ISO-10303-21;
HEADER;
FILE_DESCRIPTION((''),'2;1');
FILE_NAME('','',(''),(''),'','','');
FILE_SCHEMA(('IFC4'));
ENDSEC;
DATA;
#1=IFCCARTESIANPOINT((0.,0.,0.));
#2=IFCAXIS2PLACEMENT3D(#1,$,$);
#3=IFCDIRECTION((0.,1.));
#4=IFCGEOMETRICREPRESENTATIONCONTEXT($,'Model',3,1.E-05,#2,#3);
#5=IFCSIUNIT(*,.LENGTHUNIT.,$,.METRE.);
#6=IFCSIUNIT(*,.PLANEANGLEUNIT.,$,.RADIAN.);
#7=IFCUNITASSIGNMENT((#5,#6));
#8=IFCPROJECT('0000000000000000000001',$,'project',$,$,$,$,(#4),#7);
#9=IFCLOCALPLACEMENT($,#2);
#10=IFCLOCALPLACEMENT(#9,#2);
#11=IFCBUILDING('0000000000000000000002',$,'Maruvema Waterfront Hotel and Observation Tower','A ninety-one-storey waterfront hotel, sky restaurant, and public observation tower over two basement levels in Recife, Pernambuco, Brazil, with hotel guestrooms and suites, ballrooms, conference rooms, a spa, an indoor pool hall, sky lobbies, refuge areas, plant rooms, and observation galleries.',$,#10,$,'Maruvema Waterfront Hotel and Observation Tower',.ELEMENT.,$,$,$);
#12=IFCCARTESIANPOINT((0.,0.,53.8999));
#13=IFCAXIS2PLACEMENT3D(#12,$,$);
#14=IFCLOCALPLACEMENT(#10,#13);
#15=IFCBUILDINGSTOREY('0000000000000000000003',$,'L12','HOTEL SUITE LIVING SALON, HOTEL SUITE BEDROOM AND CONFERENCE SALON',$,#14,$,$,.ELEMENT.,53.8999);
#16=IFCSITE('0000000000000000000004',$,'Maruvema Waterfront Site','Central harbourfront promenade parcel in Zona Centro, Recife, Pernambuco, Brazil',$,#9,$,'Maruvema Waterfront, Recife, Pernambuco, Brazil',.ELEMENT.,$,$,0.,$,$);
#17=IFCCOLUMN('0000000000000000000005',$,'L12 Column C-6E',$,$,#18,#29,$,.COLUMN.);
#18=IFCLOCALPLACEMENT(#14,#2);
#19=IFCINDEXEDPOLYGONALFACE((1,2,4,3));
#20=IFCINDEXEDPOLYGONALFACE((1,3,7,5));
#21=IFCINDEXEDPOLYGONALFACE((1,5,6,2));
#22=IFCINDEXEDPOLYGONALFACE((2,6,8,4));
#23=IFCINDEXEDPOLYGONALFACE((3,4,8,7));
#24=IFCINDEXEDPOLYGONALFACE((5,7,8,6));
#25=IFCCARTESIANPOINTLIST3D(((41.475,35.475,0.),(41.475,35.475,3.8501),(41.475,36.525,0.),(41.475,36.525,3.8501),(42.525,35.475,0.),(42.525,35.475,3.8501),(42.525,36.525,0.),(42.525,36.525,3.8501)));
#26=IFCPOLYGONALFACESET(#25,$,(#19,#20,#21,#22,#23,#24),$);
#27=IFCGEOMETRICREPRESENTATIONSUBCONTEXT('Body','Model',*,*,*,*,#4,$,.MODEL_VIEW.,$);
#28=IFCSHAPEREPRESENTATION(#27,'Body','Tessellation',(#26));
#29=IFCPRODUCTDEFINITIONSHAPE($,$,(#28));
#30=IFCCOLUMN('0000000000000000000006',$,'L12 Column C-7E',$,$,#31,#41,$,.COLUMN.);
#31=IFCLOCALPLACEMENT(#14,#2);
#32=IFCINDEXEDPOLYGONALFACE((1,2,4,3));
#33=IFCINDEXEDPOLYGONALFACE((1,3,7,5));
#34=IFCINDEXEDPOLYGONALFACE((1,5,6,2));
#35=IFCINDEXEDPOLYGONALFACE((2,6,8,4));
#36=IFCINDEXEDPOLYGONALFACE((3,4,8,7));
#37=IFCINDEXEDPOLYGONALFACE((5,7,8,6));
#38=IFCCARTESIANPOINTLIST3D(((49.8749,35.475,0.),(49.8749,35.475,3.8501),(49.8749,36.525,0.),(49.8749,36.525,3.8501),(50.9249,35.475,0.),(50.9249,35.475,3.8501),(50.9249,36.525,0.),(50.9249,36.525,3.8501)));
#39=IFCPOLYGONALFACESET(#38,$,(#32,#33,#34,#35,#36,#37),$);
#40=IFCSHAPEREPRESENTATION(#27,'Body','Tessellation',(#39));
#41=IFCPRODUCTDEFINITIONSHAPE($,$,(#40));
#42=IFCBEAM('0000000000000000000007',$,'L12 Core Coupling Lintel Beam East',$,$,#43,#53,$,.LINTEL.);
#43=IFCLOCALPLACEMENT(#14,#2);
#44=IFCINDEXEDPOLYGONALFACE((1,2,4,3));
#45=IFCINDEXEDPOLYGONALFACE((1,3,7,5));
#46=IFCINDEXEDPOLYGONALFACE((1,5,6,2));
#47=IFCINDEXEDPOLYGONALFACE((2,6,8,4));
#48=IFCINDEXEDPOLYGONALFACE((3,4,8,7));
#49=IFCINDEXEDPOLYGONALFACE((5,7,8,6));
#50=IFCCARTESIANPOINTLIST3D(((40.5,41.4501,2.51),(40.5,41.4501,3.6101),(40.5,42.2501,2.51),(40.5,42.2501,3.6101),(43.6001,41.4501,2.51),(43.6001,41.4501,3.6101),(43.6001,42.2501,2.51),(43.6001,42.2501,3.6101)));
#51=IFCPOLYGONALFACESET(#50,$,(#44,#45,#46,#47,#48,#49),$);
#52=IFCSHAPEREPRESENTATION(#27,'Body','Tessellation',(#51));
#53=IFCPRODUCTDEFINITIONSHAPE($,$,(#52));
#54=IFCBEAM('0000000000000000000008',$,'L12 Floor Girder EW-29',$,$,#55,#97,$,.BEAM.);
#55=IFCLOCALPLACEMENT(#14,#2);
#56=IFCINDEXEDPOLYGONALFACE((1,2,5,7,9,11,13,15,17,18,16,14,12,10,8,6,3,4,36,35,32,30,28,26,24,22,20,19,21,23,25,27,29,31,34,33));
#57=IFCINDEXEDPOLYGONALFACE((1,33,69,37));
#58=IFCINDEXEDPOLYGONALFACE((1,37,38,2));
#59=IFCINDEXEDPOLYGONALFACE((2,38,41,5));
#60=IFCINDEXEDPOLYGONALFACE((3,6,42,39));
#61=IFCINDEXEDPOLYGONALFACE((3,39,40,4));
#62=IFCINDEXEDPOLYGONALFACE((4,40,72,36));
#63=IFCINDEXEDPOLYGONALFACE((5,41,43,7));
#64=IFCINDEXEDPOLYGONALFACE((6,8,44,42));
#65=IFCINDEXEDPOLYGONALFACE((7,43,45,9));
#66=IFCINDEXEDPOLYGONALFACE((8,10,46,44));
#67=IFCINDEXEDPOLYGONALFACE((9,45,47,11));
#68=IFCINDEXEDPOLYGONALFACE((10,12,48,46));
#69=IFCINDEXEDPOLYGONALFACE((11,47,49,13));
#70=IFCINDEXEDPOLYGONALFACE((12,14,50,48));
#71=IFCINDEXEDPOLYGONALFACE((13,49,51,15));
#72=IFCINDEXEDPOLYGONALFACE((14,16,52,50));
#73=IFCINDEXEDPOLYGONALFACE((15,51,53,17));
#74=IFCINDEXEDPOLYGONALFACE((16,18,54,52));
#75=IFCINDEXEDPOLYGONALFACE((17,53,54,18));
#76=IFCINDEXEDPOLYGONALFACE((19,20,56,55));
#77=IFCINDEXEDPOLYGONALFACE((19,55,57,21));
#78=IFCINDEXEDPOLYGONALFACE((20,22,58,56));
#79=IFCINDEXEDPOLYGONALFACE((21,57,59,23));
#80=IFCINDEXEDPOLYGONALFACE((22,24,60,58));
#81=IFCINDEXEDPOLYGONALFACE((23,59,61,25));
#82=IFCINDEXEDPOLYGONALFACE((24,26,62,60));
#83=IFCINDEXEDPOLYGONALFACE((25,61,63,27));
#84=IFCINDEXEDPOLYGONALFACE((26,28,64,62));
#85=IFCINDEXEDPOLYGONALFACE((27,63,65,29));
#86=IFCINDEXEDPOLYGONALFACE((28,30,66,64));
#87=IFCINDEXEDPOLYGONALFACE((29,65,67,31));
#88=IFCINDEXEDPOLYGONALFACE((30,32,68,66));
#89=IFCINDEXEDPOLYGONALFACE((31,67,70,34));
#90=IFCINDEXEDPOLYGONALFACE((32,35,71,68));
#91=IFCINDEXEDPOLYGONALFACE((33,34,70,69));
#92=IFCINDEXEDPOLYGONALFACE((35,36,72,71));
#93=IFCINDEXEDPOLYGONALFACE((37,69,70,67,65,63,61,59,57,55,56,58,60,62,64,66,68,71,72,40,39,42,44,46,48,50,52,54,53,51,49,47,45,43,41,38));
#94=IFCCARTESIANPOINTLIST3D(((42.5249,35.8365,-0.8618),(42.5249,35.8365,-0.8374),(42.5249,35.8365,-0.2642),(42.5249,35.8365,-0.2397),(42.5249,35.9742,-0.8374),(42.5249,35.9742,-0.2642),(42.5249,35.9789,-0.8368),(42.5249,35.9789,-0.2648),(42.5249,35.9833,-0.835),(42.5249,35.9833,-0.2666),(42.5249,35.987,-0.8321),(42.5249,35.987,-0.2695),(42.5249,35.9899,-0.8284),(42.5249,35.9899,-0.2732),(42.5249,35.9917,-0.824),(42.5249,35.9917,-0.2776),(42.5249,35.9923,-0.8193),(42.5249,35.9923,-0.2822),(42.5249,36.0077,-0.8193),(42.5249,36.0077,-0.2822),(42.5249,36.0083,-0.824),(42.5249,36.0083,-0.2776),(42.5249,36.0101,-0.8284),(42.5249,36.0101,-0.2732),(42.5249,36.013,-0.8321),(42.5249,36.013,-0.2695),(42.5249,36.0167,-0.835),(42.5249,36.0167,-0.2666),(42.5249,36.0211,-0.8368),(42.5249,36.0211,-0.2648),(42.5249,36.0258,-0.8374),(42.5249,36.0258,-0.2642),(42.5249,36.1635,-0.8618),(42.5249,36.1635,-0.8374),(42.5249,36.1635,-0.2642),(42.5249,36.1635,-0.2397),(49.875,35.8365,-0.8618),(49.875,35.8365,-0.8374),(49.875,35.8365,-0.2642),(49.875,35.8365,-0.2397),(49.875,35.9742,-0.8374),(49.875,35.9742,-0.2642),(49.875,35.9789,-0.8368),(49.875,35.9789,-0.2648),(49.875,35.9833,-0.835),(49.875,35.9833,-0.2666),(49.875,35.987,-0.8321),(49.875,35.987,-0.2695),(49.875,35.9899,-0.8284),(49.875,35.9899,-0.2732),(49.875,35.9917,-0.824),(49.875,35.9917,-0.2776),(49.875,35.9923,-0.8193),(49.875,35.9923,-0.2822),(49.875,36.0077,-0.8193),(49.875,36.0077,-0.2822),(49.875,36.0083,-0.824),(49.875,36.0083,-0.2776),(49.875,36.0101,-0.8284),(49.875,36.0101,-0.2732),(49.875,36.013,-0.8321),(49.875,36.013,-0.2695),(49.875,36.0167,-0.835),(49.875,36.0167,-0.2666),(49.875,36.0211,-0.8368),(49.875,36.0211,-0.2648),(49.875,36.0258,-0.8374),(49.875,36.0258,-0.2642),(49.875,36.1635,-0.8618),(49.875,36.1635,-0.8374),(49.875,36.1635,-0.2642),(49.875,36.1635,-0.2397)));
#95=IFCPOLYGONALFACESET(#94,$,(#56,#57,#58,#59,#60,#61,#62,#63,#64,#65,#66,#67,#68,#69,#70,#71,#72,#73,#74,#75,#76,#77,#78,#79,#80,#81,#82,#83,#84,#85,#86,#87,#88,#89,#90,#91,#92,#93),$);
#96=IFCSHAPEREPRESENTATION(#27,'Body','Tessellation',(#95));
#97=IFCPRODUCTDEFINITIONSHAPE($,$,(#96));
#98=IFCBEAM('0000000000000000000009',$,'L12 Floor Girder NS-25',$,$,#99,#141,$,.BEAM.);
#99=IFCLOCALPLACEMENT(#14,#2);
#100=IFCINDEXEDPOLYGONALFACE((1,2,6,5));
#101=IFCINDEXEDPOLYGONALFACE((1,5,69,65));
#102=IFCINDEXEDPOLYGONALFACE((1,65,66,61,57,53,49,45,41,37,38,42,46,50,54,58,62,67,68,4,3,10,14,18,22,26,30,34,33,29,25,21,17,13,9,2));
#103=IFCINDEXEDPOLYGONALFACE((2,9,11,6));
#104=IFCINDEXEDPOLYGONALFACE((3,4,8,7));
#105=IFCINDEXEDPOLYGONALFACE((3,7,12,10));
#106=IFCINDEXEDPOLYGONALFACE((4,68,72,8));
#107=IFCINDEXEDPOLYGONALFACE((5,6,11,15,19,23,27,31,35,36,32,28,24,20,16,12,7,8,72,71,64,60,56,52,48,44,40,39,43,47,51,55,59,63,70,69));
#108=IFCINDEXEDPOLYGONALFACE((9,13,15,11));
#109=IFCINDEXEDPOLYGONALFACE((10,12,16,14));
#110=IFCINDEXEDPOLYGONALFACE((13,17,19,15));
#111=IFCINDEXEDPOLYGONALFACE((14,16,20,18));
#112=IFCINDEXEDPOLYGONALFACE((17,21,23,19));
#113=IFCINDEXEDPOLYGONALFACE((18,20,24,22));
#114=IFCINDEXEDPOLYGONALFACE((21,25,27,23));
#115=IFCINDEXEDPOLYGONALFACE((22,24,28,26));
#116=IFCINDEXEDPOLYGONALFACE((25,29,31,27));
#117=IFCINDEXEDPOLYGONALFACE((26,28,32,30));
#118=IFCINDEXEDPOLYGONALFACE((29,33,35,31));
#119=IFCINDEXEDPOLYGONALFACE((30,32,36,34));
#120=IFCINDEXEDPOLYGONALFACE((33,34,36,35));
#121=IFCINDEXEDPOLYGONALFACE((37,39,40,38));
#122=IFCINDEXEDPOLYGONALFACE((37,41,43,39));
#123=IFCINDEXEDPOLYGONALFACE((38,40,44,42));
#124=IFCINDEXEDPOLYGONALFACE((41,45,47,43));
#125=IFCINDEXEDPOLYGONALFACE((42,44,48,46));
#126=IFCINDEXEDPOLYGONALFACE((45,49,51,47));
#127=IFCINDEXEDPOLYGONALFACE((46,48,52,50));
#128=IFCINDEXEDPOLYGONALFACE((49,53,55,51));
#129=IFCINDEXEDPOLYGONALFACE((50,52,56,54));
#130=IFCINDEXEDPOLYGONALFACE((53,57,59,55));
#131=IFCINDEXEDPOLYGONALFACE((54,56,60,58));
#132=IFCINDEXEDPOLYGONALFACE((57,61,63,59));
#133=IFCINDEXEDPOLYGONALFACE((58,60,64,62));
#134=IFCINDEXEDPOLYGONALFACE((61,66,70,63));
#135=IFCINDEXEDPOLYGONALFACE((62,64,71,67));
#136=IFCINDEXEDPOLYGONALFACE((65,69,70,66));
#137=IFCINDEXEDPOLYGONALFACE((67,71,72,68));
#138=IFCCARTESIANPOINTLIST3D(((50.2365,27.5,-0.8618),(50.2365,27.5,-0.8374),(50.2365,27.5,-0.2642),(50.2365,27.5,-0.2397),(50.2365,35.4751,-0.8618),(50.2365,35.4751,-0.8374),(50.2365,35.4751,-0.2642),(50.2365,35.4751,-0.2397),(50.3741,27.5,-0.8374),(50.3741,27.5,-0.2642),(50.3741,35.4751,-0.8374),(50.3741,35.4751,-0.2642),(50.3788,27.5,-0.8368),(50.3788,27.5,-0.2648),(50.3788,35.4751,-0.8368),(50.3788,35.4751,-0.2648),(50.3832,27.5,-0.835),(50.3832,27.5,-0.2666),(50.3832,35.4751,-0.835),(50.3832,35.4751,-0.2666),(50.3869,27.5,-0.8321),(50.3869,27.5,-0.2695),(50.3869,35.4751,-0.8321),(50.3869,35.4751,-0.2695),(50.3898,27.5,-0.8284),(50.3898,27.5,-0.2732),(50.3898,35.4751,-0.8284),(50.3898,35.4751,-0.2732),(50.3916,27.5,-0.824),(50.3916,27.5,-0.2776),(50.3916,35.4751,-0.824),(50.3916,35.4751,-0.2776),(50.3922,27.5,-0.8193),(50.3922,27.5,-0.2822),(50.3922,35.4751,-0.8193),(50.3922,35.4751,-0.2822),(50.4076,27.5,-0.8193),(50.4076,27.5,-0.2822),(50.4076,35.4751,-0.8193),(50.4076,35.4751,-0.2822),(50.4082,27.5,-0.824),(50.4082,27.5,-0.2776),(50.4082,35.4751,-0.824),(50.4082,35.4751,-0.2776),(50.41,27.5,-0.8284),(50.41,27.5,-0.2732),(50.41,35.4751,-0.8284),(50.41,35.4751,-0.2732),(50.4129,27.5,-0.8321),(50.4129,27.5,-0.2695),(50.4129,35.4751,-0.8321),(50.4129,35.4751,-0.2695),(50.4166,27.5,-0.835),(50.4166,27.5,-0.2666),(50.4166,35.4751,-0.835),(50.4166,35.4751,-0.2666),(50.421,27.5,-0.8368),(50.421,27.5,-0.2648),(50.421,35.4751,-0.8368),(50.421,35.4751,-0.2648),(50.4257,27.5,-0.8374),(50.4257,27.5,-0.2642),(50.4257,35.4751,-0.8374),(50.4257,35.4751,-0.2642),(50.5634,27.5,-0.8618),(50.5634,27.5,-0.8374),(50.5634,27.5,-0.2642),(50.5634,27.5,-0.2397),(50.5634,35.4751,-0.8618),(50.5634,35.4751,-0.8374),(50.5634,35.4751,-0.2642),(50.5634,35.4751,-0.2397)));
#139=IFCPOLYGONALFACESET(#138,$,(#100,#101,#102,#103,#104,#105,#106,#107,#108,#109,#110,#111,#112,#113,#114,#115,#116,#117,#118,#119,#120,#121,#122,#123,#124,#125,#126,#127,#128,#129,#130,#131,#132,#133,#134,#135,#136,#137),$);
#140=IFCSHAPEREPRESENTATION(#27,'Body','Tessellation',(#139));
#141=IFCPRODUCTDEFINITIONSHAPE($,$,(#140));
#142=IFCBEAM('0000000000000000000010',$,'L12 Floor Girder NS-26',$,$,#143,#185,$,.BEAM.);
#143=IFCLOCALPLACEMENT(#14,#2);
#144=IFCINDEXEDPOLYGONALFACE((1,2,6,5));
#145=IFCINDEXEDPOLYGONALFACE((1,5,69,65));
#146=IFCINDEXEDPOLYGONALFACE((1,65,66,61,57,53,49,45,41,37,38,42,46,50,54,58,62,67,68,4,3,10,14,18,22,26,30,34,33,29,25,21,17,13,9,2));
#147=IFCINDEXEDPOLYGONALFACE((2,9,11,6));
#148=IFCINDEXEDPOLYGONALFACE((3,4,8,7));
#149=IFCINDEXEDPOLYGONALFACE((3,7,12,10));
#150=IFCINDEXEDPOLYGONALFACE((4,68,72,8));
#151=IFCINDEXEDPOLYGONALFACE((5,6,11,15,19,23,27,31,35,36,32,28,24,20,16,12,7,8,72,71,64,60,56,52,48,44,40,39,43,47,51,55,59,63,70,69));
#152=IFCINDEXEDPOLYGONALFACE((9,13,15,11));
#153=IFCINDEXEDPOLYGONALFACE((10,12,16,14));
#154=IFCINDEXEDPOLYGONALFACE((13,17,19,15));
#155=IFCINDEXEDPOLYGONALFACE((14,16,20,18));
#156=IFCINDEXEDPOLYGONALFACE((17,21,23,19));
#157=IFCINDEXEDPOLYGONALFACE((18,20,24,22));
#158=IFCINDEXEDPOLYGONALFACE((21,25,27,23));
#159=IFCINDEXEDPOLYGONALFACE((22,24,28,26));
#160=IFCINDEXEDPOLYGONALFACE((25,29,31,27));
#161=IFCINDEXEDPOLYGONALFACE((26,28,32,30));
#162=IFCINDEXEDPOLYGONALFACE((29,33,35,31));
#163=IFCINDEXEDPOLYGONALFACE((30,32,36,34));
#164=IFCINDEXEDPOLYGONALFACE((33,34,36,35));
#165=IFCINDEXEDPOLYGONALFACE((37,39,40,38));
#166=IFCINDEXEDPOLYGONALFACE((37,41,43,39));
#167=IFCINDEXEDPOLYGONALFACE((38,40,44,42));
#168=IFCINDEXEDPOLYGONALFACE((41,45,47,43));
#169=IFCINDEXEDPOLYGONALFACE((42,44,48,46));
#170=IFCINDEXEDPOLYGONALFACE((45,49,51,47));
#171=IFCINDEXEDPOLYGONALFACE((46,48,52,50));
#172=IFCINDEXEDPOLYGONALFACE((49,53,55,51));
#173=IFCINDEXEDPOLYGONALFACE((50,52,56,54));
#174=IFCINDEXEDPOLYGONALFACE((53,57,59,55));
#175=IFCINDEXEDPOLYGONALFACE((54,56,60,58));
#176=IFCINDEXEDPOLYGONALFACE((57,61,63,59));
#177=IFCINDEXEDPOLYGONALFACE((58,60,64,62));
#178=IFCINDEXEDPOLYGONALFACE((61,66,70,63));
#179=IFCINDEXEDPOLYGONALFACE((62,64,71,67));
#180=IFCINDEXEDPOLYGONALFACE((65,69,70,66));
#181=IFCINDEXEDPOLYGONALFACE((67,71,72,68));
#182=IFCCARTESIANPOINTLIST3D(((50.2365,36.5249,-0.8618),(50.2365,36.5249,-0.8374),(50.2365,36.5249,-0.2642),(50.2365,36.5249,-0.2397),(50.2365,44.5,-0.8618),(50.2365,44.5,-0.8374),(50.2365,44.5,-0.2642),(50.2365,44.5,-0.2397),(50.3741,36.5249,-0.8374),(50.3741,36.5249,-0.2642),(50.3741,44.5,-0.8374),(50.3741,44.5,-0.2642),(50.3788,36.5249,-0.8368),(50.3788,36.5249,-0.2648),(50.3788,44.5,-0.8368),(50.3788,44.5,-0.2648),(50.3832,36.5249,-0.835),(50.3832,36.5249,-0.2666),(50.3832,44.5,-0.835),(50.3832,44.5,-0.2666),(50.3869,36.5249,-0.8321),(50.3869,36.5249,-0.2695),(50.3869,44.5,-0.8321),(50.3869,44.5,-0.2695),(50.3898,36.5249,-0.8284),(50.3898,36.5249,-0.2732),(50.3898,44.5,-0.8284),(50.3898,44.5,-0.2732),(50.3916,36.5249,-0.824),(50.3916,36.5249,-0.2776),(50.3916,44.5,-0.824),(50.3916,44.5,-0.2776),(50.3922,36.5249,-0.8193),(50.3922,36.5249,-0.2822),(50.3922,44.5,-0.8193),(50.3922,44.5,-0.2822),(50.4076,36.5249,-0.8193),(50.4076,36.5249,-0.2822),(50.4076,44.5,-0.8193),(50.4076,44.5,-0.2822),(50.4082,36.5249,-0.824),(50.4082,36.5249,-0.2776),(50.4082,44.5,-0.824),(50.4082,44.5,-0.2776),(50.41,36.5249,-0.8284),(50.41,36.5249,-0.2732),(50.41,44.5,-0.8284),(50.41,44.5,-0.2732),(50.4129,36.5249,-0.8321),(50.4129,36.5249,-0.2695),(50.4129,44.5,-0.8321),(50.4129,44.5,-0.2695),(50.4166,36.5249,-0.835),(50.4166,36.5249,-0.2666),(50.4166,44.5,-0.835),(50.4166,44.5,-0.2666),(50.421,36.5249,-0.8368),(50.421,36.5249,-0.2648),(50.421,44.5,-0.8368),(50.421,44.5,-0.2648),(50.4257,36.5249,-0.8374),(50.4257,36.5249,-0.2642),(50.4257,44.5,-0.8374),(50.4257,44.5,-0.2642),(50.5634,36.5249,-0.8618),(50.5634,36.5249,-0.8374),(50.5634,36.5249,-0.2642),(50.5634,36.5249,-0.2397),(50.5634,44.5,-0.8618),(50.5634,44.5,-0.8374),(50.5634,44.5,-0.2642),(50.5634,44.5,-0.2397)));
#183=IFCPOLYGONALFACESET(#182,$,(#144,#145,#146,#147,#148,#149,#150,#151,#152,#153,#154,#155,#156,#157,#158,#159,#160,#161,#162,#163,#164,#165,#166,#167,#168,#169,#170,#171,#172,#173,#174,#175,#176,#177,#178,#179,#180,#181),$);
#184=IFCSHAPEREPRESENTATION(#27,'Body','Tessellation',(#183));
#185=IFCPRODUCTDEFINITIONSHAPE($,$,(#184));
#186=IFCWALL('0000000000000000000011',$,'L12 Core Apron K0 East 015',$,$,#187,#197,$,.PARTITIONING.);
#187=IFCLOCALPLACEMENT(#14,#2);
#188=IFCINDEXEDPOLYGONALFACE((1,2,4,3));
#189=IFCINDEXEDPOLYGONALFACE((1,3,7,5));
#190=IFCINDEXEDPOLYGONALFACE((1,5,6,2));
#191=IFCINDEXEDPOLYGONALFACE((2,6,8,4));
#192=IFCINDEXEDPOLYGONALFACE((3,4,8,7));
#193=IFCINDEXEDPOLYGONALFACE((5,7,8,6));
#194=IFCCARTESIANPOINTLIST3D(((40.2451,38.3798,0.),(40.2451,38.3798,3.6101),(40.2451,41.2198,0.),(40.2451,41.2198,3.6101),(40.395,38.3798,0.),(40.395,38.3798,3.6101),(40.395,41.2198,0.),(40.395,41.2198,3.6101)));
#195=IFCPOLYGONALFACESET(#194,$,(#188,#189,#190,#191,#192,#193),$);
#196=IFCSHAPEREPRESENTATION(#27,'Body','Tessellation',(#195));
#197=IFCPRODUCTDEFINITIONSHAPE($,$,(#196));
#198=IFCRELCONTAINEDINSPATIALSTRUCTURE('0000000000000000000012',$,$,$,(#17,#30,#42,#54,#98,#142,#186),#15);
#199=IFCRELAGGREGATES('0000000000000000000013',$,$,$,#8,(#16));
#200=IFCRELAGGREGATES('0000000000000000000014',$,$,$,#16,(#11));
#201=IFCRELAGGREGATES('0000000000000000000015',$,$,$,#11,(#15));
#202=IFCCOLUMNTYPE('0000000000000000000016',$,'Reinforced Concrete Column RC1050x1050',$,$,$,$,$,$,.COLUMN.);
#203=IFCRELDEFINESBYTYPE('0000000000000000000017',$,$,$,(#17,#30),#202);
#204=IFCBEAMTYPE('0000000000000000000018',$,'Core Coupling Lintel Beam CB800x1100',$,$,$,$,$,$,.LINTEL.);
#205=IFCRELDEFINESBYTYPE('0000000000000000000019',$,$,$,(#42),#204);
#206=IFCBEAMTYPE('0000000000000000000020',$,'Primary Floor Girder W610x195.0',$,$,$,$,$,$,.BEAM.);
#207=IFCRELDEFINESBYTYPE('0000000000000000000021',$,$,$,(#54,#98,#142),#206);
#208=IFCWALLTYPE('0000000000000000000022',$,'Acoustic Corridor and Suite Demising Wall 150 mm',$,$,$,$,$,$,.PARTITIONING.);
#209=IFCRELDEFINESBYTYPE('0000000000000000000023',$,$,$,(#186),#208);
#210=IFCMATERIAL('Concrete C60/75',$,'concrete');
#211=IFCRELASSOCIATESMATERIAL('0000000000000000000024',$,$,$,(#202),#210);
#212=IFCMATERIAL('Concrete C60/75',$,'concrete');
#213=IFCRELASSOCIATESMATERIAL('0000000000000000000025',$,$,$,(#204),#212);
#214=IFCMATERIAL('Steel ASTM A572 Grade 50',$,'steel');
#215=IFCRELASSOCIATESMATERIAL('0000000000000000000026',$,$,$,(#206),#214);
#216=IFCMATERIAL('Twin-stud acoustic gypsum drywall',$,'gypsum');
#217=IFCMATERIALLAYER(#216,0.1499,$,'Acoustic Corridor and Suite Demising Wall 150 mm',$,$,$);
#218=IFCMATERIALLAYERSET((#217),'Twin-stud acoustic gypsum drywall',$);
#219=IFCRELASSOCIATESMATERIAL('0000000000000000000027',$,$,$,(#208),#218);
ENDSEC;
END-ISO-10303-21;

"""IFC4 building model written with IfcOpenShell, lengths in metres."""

from ifc_helpers import new_model, si_unit, direction, frame, frame_2d, origin, origin_2d, place, context, subcontext, project, spatial, rectangle, i_section, extrude, material, layer, layer_set, material_profile, profile_set, type_object, element, save


model = new_model("IFC4")

# Units and contexts
model_context = context("Model", 3, precision=1e-05, world=origin(), true_north=direction((0.0, 1.0)))
body_context = subcontext(model_context, "Body", "Model", "MODEL_VIEW")
ifc_project = project(units=[si_unit("LENGTHUNIT", "METRE"), si_unit("PLANEANGLEUNIT", "RADIAN")], contexts=[model_context])

# Site, building, storey
site_placement = place(None, origin())
site = spatial("IfcSite", under=ifc_project, at=site_placement, Name="Maruvema Waterfront Site", Description="Central harbourfront promenade parcel in Zona Centro, Recife, Pernambuco, Brazil", LongName="Maruvema Waterfront, Recife, Pernambuco, Brazil", CompositionType="ELEMENT", RefElevation=0.0)
building_placement = place(site_placement, origin())
building = spatial("IfcBuilding", under=site, at=building_placement, Name="Maruvema Waterfront Hotel and Observation Tower", Description="A ninety-one-storey waterfront hotel, sky restaurant, and public observation tower over two basement levels in Recife, Pernambuco, Brazil, with hotel guestrooms and suites, ballrooms, conference rooms, a spa, an indoor pool hall, sky lobbies, refuge areas, plant rooms, and observation galleries.", LongName="Maruvema Waterfront Hotel and Observation Tower", CompositionType="ELEMENT")
storey_placement = place(building_placement, frame((0.0, 0.0, 53.8999)))
storey = spatial("IfcBuildingStorey", under=building, at=storey_placement, Name="L12", Description="HOTEL SUITE LIVING SALON, HOTEL SUITE BEDROOM AND CONFERENCE SALON", CompositionType="ELEMENT", Elevation=53.8999)

# Columns
ifc_material_1 = material(Name="Concrete C60/75", Category="concrete")
ifc_material_profile_1 = material_profile(ifc_material_1, rectangle(XDim=1.05, YDim=1.05, at=origin_2d()), Name="RC1050x1050")
ifc_profile_set_1 = profile_set([ifc_material_profile_1], Name="Concrete C60/75")
column_type = type_object("IfcColumnType", Name="Reinforced Concrete Column RC1050x1050", PredefinedType="COLUMN", material=ifc_profile_set_1)
for number, where, z_axis, x_axis, name in (
    (1, (42.0, 36.0, 0.0), (0.0, 0.0, 1.0), (1.0, 0.0, 0.0), "L12 Column C-6E"),
    (2, (50.3999, 36.0, 0.0), (0.0, 0.0, 1.0), (1.0, 0.0, 0.0), "L12 Column C-7E"),
):
    element("IfcColumn", number, at=place(storey_placement, frame(where, z_axis=z_axis, x_axis=x_axis)), inside=storey, type_object=column_type, Name=name, PredefinedType="COLUMN", context=body_context, shape_type="SweptSolid", body=[
        extrude(rectangle(XDim=1.05, YDim=1.05, at=origin_2d()), origin(), (0.0, 0.0, 1.0), 3.8501),
    ])

# Beams
ifc_material_2 = material(Name="Concrete C60/75", Category="concrete")
ifc_material_profile_2 = material_profile(ifc_material_2, rectangle(XDim=0.8, YDim=1.1001, at=origin_2d()), Name="CB800x1100")
ifc_profile_set_2 = profile_set([ifc_material_profile_2], Name="Concrete C60/75")
beam_type_1 = type_object("IfcBeamType", Name="Core Coupling Lintel Beam CB800x1100", PredefinedType="LINTEL", material=ifc_profile_set_2)
beam_1_placement = place(storey_placement, frame((40.5, 41.8501, 3.0601), z_axis=(1.0, 0.0, 0.0), x_axis=(0.0, 1.0, 0.0)))
element("IfcBeam", 3, at=beam_1_placement, inside=storey, type_object=beam_type_1, Name="L12 Core Coupling Lintel Beam East", PredefinedType="LINTEL", context=body_context, shape_type="SweptSolid", body=[
    extrude(rectangle(XDim=0.8, YDim=1.1001, at=origin_2d()), origin(), (0.0, 0.0, 1.0), 3.1001),
])
ifc_material_3 = material(Name="Steel ASTM A572 Grade 50", Category="steel")
ifc_material_profile_3 = material_profile(ifc_material_3, i_section(OverallWidth=0.3269, OverallDepth=0.6221, WebThickness=0.0154, FlangeThickness=0.0244, FilletRadius=0.0181, at=origin_2d()), Name="W610x195.0")
ifc_profile_set_3 = profile_set([ifc_material_profile_3], Name="Steel ASTM A572 Grade 50")
beam_type_2 = type_object("IfcBeamType", Name="Primary Floor Girder W610x195.0", PredefinedType="BEAM", material=ifc_profile_set_3)
beam_2_placement = place(storey_placement, frame((42.5249, 36.0, -0.5508), z_axis=(1.0, 0.0, 0.0), x_axis=(0.0, 1.0, 0.0)))
element("IfcBeam", 4, at=beam_2_placement, inside=storey, type_object=beam_type_2, Name="L12 Floor Girder EW-29", PredefinedType="BEAM", context=body_context, shape_type="SweptSolid", body=[
    extrude(i_section(OverallWidth=0.3269, OverallDepth=0.6221, WebThickness=0.0154, FlangeThickness=0.0244, FilletRadius=0.0181, at=origin_2d()), origin(), (0.0, 0.0, 1.0), 7.3501),
])
for number, where, z_axis, x_axis, name in (
    (5, (50.3999, 27.5, -0.5508), (0.0, 1.0, 0.0), (-1.0, 0.0, 0.0), "L12 Floor Girder NS-25"),
    (6, (50.3999, 36.5249, -0.5508), (0.0, 1.0, 0.0), (-1.0, 0.0, 0.0), "L12 Floor Girder NS-26"),
):
    element("IfcBeam", number, at=place(storey_placement, frame(where, z_axis=z_axis, x_axis=x_axis)), inside=storey, type_object=beam_type_2, Name=name, PredefinedType="BEAM", context=body_context, shape_type="SweptSolid", body=[
        extrude(i_section(OverallWidth=0.3269, OverallDepth=0.6221, WebThickness=0.0154, FlangeThickness=0.0244, FilletRadius=0.0181, at=origin_2d()), origin(), (0.0, 0.0, 1.0), 7.9751),
    ])

# Wall
ifc_material_4 = material(Name="Twin-stud acoustic gypsum drywall", Category="gypsum")
ifc_layer_1 = layer(ifc_material_4, 0.1499, Name="Acoustic Corridor and Suite Demising Wall 150 mm")
ifc_layer_set_1 = layer_set([ifc_layer_1], Name="Twin-stud acoustic gypsum drywall")
wall_type_1 = type_object("IfcWallType", Name="Acoustic Corridor and Suite Demising Wall 150 mm", PredefinedType="PARTITIONING", material=ifc_layer_set_1)
wall_1_placement = place(storey_placement, frame((40.3201, 38.3799, 0.0), z_axis=(0.0, 0.0, 1.0), x_axis=(0.0, 1.0, 0.0)))
element("IfcWall", 7, at=wall_1_placement, inside=storey, type_object=wall_type_1, Name="L12 Core Apron K0 East 015", PredefinedType="PARTITIONING", context=body_context, shape_type="SweptSolid", body=[
    extrude(rectangle(XDim=2.8401, YDim=0.1499, at=frame_2d((1.4199, 0.0))), origin(), (0.0, 0.0, 1.0), 3.6101),
])

save(model, "model.ifc")
